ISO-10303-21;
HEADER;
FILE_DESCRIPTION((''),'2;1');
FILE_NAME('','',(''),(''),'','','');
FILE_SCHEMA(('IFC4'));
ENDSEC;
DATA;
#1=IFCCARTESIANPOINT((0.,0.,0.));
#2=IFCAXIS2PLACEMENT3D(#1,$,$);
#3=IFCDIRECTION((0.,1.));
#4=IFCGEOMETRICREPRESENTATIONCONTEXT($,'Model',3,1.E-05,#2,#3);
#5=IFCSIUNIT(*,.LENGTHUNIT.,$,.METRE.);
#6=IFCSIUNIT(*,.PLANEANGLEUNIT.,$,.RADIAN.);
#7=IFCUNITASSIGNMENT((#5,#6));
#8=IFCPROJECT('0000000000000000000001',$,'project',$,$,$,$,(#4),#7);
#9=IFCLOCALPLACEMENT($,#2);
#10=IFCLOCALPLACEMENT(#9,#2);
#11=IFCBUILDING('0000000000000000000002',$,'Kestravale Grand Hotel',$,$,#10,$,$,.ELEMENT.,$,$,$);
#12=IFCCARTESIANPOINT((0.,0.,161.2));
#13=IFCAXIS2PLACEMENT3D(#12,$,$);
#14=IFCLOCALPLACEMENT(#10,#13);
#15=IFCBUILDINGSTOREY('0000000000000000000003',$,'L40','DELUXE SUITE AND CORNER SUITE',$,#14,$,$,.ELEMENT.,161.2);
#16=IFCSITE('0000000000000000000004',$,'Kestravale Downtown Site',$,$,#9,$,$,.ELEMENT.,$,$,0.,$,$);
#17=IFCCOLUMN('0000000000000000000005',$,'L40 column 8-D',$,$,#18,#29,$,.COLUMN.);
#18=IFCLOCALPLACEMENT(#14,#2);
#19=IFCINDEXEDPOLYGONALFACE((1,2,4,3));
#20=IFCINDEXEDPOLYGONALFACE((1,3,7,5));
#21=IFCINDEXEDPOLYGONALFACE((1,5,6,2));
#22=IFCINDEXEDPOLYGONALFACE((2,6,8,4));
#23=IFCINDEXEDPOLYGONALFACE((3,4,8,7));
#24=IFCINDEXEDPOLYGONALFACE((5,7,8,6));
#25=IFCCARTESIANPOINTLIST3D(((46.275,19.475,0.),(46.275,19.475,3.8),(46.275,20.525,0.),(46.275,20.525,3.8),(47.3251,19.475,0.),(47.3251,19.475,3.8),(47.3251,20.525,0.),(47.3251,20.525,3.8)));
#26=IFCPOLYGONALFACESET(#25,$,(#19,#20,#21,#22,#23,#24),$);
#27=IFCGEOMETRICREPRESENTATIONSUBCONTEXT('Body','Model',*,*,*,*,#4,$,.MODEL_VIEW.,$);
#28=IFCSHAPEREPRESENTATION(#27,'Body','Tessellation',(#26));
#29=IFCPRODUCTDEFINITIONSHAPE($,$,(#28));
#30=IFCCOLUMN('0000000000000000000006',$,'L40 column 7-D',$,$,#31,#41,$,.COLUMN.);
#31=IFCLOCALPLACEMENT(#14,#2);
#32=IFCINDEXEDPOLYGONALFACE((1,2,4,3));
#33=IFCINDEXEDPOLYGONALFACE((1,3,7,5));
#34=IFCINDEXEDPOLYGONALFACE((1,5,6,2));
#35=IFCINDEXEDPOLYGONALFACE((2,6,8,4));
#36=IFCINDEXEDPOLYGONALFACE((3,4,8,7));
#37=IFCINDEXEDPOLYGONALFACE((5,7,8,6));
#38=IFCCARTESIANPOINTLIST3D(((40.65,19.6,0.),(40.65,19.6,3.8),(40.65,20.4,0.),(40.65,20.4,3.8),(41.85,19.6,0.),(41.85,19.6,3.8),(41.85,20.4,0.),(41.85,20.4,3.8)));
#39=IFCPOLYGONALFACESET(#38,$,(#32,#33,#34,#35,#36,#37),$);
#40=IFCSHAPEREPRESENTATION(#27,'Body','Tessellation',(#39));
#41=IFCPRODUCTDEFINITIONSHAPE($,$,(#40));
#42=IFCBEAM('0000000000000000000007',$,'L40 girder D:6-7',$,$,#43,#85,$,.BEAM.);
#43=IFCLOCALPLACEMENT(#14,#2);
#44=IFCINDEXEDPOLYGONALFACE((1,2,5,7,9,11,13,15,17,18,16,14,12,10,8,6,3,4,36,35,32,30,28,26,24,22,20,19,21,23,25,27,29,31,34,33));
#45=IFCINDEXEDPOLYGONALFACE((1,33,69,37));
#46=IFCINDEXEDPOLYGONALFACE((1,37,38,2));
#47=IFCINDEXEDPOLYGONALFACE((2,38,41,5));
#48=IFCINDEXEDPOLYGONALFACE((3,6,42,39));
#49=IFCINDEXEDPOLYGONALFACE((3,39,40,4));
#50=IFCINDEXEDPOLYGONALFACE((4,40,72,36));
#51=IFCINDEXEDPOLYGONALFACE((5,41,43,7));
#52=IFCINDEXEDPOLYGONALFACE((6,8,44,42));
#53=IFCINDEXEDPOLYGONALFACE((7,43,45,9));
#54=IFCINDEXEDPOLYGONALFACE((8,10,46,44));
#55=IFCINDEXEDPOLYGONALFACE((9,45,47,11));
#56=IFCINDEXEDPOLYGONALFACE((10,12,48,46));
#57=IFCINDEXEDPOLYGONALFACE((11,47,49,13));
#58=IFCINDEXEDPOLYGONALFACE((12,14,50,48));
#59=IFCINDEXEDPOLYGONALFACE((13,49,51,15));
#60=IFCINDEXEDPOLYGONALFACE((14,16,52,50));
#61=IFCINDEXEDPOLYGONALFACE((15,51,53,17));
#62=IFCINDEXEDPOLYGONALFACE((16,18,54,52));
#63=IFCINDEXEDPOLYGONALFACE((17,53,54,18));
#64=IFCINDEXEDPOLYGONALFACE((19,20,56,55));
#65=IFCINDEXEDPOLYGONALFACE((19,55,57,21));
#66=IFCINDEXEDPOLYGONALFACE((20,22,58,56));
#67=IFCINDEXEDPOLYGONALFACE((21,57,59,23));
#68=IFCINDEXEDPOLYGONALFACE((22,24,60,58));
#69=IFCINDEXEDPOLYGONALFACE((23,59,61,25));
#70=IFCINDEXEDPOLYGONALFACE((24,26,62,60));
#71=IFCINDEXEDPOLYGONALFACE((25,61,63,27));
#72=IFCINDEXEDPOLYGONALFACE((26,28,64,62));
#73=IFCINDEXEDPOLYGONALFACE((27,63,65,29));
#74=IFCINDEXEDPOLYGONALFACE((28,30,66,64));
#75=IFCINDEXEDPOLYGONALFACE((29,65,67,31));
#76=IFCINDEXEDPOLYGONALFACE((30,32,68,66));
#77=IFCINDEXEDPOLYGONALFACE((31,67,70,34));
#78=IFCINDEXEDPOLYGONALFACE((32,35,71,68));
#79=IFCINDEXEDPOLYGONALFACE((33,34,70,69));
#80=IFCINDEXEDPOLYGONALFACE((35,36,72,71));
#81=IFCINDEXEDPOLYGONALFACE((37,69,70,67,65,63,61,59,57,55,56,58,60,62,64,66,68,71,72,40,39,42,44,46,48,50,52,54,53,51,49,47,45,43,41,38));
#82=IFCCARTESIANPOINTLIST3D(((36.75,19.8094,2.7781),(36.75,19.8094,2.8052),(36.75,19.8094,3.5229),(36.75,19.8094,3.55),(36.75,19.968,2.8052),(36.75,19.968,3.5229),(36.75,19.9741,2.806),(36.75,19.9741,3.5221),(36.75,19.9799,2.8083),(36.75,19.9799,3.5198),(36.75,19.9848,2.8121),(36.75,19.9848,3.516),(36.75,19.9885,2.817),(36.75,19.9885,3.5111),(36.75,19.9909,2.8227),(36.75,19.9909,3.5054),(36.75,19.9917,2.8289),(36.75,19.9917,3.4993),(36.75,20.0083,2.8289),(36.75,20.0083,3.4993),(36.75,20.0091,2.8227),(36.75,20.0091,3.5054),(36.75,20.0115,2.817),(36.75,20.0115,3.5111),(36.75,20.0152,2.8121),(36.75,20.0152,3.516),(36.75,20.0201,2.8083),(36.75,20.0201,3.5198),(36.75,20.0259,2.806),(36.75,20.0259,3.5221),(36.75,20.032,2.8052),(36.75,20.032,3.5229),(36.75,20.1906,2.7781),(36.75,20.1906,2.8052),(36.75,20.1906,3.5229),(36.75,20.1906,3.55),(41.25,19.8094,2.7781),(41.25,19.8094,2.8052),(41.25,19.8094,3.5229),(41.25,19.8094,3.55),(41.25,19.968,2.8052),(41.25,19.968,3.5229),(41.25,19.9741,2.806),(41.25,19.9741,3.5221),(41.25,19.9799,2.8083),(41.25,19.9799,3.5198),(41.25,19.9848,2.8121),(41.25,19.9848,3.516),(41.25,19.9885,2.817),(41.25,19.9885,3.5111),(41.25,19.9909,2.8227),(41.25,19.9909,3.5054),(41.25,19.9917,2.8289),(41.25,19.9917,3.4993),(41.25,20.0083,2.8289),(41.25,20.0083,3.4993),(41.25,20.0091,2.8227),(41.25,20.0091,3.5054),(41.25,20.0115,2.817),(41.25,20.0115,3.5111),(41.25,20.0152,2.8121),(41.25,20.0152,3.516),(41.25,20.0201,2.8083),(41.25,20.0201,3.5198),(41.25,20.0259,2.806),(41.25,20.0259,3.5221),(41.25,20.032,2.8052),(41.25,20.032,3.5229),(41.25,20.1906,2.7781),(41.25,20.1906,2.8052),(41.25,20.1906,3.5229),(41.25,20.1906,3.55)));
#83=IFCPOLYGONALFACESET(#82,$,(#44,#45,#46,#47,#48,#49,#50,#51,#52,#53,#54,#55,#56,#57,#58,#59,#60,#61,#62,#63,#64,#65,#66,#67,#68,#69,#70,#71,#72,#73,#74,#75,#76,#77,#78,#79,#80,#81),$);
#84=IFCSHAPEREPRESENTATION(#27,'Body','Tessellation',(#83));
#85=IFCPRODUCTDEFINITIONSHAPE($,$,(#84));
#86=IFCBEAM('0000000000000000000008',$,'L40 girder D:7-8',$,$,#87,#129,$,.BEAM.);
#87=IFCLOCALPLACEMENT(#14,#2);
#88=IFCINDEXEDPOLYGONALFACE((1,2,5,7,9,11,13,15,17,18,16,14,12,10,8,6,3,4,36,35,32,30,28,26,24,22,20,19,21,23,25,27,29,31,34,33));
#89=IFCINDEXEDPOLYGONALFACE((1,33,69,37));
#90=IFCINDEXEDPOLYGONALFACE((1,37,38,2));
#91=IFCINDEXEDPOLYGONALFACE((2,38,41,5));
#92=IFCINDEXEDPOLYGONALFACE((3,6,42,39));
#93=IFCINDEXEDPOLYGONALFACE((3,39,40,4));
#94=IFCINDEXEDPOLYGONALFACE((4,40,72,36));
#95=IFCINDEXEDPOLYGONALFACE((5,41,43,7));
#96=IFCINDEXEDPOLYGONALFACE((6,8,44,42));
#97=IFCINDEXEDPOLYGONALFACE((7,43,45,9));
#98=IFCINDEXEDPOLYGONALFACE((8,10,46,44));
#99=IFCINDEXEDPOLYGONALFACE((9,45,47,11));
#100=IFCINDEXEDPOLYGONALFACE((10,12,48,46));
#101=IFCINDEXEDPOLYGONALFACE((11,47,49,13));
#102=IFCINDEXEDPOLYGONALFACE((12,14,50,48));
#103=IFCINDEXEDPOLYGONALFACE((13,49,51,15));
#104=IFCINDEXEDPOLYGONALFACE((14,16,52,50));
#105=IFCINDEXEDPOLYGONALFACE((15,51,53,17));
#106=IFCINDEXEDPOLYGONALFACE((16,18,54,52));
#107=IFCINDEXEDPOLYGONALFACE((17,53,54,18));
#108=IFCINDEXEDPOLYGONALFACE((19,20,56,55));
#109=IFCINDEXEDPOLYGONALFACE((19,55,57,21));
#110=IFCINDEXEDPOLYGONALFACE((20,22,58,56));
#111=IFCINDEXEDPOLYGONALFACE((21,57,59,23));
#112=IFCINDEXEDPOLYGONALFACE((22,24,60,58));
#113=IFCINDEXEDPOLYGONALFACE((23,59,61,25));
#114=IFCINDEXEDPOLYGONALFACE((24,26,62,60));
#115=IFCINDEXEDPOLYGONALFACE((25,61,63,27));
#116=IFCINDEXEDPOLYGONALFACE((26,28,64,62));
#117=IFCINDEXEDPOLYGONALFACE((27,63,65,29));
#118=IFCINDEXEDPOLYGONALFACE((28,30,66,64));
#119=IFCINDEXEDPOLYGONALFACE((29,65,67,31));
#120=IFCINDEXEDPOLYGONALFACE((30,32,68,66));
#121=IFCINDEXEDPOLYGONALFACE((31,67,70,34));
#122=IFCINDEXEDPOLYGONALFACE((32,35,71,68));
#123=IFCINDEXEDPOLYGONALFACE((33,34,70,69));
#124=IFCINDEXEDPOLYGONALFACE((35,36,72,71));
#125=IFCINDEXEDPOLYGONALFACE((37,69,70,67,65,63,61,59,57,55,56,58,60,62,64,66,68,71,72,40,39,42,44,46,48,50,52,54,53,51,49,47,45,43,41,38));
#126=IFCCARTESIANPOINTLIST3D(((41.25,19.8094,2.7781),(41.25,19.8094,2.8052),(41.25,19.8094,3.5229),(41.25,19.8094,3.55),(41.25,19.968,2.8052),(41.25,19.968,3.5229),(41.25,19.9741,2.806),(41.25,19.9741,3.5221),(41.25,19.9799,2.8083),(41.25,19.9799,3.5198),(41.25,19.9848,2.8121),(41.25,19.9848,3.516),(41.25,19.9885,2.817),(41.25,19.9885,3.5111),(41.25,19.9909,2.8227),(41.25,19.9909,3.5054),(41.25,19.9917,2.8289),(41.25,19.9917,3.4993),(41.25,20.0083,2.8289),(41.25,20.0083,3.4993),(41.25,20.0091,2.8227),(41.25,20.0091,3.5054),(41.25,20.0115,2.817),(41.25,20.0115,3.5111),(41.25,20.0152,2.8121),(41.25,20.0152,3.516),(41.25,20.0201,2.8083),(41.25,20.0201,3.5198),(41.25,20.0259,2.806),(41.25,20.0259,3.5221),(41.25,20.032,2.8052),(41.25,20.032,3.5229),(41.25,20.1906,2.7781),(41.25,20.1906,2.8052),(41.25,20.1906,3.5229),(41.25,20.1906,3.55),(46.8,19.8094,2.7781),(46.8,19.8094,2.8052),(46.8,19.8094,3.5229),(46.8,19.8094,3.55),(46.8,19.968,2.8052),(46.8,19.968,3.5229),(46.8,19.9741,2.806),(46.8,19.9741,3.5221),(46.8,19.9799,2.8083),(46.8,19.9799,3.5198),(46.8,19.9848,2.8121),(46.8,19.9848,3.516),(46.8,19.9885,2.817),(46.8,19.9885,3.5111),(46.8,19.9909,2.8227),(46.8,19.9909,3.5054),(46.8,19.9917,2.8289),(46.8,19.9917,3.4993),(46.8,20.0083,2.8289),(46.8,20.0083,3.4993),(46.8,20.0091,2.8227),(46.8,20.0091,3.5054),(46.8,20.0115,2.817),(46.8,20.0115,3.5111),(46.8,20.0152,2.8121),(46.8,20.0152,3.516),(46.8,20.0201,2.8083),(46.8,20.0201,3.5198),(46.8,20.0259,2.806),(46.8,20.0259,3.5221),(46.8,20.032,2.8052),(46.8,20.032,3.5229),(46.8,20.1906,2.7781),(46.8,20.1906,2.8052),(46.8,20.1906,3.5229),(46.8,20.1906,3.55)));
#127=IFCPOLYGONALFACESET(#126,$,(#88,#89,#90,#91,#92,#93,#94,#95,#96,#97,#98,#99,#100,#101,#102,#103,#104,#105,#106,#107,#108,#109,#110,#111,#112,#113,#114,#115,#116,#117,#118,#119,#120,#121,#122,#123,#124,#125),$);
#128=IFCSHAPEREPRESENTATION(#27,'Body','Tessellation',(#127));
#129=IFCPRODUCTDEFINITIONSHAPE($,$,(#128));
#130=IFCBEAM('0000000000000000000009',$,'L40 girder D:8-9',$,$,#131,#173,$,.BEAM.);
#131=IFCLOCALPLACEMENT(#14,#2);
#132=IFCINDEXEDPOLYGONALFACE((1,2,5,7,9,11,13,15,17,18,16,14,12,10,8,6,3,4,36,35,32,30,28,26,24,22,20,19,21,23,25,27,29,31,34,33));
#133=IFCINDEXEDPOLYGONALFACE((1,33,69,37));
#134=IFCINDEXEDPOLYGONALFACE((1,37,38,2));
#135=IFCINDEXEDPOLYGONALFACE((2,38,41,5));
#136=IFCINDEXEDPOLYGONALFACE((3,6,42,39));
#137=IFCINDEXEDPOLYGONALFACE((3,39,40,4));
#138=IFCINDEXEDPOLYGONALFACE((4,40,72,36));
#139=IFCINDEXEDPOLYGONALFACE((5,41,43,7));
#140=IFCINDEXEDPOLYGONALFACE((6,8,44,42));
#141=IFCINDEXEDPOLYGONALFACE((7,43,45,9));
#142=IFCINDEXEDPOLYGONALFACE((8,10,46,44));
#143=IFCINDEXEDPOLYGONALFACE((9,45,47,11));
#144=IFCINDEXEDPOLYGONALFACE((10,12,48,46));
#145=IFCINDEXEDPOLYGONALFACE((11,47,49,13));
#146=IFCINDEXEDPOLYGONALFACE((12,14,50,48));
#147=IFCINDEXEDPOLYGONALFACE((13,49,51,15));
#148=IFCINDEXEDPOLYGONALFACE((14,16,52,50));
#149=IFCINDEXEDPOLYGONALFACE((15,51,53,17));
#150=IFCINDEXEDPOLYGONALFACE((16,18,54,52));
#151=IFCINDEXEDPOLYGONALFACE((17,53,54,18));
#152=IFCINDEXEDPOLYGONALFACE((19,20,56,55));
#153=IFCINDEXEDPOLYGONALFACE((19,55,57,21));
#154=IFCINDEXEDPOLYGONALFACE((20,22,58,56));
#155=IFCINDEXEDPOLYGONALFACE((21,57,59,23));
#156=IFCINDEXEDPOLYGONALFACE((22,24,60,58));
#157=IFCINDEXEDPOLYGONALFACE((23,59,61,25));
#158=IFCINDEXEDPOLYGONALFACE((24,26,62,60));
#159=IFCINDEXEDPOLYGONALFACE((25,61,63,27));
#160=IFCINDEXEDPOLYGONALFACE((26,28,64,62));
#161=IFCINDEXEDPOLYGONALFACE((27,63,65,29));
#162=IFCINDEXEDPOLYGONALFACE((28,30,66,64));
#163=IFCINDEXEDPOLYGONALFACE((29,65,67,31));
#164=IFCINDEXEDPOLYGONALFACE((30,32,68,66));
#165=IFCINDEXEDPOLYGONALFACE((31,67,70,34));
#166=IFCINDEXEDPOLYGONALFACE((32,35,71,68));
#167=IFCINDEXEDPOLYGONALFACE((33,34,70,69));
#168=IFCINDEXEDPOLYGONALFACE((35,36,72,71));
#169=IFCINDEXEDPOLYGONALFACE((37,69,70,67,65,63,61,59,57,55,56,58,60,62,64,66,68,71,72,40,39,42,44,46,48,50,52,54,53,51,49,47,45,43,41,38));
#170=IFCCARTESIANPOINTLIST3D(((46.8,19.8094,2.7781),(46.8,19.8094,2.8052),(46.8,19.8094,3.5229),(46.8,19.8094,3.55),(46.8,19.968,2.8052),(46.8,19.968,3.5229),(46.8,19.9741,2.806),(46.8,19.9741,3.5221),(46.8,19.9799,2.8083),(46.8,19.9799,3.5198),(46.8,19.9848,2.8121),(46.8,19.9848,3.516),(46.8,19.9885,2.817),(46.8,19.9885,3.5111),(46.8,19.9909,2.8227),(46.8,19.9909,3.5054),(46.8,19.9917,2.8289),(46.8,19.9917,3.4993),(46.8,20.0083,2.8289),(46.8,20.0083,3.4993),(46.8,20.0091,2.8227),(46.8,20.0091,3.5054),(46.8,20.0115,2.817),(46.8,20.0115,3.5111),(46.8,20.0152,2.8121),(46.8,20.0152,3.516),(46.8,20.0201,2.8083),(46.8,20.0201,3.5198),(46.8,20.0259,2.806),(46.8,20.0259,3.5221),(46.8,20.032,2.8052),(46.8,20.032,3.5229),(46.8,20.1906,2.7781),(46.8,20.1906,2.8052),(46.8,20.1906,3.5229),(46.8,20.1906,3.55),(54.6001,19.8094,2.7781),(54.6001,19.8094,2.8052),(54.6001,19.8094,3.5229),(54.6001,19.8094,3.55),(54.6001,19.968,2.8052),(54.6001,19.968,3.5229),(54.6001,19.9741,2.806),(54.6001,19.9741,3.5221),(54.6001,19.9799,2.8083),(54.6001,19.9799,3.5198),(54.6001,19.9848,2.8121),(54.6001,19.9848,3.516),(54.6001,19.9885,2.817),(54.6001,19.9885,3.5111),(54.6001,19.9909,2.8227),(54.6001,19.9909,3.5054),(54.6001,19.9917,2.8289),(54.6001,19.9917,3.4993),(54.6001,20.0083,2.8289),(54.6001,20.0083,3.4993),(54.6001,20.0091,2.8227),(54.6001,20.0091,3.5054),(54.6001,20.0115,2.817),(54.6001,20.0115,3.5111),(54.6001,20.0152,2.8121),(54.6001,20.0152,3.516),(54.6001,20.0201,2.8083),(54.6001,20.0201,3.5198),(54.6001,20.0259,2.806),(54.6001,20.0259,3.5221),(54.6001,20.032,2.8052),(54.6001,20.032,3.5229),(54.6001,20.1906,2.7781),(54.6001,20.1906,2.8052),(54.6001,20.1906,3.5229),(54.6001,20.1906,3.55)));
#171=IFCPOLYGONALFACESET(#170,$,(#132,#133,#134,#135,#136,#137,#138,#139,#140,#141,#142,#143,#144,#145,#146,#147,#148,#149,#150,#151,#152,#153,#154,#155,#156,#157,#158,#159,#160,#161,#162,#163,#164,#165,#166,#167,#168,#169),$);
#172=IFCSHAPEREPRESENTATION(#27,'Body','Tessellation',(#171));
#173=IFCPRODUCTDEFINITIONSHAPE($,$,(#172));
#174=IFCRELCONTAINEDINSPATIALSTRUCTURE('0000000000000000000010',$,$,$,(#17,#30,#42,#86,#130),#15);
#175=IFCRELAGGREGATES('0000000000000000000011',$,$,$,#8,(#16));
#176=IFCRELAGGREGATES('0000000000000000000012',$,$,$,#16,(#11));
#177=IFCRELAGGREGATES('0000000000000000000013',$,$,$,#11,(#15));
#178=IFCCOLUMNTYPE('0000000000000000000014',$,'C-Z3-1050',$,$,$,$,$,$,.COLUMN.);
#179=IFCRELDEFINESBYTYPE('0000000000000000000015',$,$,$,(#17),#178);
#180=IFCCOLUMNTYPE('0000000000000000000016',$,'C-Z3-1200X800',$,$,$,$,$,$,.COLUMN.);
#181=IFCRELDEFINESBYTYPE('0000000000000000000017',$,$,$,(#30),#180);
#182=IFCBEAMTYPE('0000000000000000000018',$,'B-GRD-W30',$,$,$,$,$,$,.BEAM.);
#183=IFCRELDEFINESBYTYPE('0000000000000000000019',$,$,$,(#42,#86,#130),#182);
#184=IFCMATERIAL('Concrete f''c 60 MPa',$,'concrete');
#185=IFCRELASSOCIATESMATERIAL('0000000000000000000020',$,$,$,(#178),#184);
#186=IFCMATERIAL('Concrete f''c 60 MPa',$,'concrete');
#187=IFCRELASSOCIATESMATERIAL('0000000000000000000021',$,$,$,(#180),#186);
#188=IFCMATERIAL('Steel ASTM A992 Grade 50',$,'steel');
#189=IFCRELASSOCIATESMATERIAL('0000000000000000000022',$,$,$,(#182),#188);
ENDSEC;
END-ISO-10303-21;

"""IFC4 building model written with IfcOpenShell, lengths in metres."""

from ifc_helpers import new_model, si_unit, direction, frame, origin, origin_2d, place, context, subcontext, project, spatial, rectangle, i_section, extrude, material, material_profile, profile_set, type_object, element, save


model = new_model("IFC4")

# Units and contexts
model_context = context("Model", 3, precision=1e-05, world=origin(), true_north=direction((0.0, 1.0)))
body_context = subcontext(model_context, "Body", "Model", "MODEL_VIEW")
ifc_project = project(units=[si_unit("LENGTHUNIT", "METRE"), si_unit("PLANEANGLEUNIT", "RADIAN")], contexts=[model_context])

# Site, building, storey
site_placement = place(None, origin())
site = spatial("IfcSite", under=ifc_project, at=site_placement, Name="Kestravale Downtown Site", CompositionType="ELEMENT", RefElevation=0.0)
building_placement = place(site_placement, origin())
building = spatial("IfcBuilding", under=site, at=building_placement, Name="Kestravale Grand Hotel", CompositionType="ELEMENT")
storey_placement = place(building_placement, frame((0.0, 0.0, 161.2)))
storey = spatial("IfcBuildingStorey", under=building, at=storey_placement, Name="L40", Description="DELUXE SUITE AND CORNER SUITE", CompositionType="ELEMENT", Elevation=161.2)

# Columns
ifc_material_1 = material(Name="Concrete f'c 60 MPa", Category="concrete")
ifc_material_profile_1 = material_profile(ifc_material_1, rectangle(XDim=1.05, YDim=1.05, at=origin_2d()))
ifc_profile_set_1 = profile_set([ifc_material_profile_1], Name="Concrete f'c 60 MPa")
column_type_1 = type_object("IfcColumnType", Name="C-Z3-1050", PredefinedType="COLUMN", material=ifc_profile_set_1)
column_1_placement = place(storey_placement, frame((46.8, 20.0, 0.0), z_axis=(0.0, 0.0, 1.0), x_axis=(1.0, 0.0, 0.0)))
element("IfcColumn", 1, at=column_1_placement, inside=storey, type_object=column_type_1, Name="L40 column 8-D", PredefinedType="COLUMN", context=body_context, shape_type="SweptSolid", body=[
    extrude(rectangle(XDim=1.05, YDim=1.05, at=origin_2d()), origin(), (0.0, 0.0, 1.0), 3.8),
])
ifc_material_2 = material(Name="Concrete f'c 60 MPa", Category="concrete")
ifc_material_profile_2 = material_profile(ifc_material_2, rectangle(XDim=1.2, YDim=0.8, at=origin_2d()))
ifc_profile_set_2 = profile_set([ifc_material_profile_2], Name="Concrete f'c 60 MPa")
column_type_2 = type_object("IfcColumnType", Name="C-Z3-1200X800", PredefinedType="COLUMN", material=ifc_profile_set_2)
column_2_placement = place(storey_placement, frame((41.25, 20.0, 0.0), z_axis=(0.0, 0.0, 1.0), x_axis=(1.0, 0.0, 0.0)))
element("IfcColumn", 2, at=column_2_placement, inside=storey, type_object=column_type_2, Name="L40 column 7-D", PredefinedType="COLUMN", context=body_context, shape_type="SweptSolid", body=[
    extrude(rectangle(XDim=1.2, YDim=0.8, at=origin_2d()), origin(), (0.0, 0.0, 1.0), 3.8),
])

# Beams
ifc_material_3 = material(Name="Steel ASTM A992 Grade 50", Category="steel")
ifc_material_profile_3 = material_profile(ifc_material_3, i_section(OverallWidth=0.3811, OverallDepth=0.772, WebThickness=0.0166, FlangeThickness=0.0271, FilletRadius=0.0237, at=origin_2d()))
ifc_profile_set_3 = profile_set([ifc_material_profile_3], Name="Steel ASTM A992 Grade 50")
beam_type = type_object("IfcBeamType", Name="B-GRD-W30", PredefinedType="BEAM", material=ifc_profile_set_3)
beam_1_placement = place(storey_placement, frame((36.75, 20.0, 3.1641), z_axis=(1.0, 0.0, 0.0), x_axis=(0.0, 1.0, 0.0)))
element("IfcBeam", 3, at=beam_1_placement, inside=storey, type_object=beam_type, Name="L40 girder D:6-7", PredefinedType="BEAM", context=body_context, shape_type="SweptSolid", body=[
    extrude(i_section(OverallWidth=0.3811, OverallDepth=0.772, WebThickness=0.0166, FlangeThickness=0.0271, FilletRadius=0.0237, at=origin_2d()), origin(), (0.0, 0.0, 1.0), 4.5),
])
beam_2_placement = place(storey_placement, frame((41.25, 20.0, 3.1641), z_axis=(1.0, 0.0, 0.0), x_axis=(0.0, 1.0, 0.0)))
element("IfcBeam", 4, at=beam_2_placement, inside=storey, type_object=beam_type, Name="L40 girder D:7-8", PredefinedType="BEAM", context=body_context, shape_type="SweptSolid", body=[
    extrude(i_section(OverallWidth=0.3811, OverallDepth=0.772, WebThickness=0.0166, FlangeThickness=0.0271, FilletRadius=0.0237, at=origin_2d()), origin(), (0.0, 0.0, 1.0), 5.55),
])
beam_3_placement = place(storey_placement, frame((46.8, 20.0, 3.1641), z_axis=(1.0, 0.0, 0.0), x_axis=(0.0, 1.0, 0.0)))
element("IfcBeam", 5, at=beam_3_placement, inside=storey, type_object=beam_type, Name="L40 girder D:8-9", PredefinedType="BEAM", context=body_context, shape_type="SweptSolid", body=[
    extrude(i_section(OverallWidth=0.3811, OverallDepth=0.772, WebThickness=0.0166, FlangeThickness=0.0271, FilletRadius=0.0237, at=origin_2d()), origin(), (0.0, 0.0, 1.0), 7.8),
])

save(model, "model.ifc")
